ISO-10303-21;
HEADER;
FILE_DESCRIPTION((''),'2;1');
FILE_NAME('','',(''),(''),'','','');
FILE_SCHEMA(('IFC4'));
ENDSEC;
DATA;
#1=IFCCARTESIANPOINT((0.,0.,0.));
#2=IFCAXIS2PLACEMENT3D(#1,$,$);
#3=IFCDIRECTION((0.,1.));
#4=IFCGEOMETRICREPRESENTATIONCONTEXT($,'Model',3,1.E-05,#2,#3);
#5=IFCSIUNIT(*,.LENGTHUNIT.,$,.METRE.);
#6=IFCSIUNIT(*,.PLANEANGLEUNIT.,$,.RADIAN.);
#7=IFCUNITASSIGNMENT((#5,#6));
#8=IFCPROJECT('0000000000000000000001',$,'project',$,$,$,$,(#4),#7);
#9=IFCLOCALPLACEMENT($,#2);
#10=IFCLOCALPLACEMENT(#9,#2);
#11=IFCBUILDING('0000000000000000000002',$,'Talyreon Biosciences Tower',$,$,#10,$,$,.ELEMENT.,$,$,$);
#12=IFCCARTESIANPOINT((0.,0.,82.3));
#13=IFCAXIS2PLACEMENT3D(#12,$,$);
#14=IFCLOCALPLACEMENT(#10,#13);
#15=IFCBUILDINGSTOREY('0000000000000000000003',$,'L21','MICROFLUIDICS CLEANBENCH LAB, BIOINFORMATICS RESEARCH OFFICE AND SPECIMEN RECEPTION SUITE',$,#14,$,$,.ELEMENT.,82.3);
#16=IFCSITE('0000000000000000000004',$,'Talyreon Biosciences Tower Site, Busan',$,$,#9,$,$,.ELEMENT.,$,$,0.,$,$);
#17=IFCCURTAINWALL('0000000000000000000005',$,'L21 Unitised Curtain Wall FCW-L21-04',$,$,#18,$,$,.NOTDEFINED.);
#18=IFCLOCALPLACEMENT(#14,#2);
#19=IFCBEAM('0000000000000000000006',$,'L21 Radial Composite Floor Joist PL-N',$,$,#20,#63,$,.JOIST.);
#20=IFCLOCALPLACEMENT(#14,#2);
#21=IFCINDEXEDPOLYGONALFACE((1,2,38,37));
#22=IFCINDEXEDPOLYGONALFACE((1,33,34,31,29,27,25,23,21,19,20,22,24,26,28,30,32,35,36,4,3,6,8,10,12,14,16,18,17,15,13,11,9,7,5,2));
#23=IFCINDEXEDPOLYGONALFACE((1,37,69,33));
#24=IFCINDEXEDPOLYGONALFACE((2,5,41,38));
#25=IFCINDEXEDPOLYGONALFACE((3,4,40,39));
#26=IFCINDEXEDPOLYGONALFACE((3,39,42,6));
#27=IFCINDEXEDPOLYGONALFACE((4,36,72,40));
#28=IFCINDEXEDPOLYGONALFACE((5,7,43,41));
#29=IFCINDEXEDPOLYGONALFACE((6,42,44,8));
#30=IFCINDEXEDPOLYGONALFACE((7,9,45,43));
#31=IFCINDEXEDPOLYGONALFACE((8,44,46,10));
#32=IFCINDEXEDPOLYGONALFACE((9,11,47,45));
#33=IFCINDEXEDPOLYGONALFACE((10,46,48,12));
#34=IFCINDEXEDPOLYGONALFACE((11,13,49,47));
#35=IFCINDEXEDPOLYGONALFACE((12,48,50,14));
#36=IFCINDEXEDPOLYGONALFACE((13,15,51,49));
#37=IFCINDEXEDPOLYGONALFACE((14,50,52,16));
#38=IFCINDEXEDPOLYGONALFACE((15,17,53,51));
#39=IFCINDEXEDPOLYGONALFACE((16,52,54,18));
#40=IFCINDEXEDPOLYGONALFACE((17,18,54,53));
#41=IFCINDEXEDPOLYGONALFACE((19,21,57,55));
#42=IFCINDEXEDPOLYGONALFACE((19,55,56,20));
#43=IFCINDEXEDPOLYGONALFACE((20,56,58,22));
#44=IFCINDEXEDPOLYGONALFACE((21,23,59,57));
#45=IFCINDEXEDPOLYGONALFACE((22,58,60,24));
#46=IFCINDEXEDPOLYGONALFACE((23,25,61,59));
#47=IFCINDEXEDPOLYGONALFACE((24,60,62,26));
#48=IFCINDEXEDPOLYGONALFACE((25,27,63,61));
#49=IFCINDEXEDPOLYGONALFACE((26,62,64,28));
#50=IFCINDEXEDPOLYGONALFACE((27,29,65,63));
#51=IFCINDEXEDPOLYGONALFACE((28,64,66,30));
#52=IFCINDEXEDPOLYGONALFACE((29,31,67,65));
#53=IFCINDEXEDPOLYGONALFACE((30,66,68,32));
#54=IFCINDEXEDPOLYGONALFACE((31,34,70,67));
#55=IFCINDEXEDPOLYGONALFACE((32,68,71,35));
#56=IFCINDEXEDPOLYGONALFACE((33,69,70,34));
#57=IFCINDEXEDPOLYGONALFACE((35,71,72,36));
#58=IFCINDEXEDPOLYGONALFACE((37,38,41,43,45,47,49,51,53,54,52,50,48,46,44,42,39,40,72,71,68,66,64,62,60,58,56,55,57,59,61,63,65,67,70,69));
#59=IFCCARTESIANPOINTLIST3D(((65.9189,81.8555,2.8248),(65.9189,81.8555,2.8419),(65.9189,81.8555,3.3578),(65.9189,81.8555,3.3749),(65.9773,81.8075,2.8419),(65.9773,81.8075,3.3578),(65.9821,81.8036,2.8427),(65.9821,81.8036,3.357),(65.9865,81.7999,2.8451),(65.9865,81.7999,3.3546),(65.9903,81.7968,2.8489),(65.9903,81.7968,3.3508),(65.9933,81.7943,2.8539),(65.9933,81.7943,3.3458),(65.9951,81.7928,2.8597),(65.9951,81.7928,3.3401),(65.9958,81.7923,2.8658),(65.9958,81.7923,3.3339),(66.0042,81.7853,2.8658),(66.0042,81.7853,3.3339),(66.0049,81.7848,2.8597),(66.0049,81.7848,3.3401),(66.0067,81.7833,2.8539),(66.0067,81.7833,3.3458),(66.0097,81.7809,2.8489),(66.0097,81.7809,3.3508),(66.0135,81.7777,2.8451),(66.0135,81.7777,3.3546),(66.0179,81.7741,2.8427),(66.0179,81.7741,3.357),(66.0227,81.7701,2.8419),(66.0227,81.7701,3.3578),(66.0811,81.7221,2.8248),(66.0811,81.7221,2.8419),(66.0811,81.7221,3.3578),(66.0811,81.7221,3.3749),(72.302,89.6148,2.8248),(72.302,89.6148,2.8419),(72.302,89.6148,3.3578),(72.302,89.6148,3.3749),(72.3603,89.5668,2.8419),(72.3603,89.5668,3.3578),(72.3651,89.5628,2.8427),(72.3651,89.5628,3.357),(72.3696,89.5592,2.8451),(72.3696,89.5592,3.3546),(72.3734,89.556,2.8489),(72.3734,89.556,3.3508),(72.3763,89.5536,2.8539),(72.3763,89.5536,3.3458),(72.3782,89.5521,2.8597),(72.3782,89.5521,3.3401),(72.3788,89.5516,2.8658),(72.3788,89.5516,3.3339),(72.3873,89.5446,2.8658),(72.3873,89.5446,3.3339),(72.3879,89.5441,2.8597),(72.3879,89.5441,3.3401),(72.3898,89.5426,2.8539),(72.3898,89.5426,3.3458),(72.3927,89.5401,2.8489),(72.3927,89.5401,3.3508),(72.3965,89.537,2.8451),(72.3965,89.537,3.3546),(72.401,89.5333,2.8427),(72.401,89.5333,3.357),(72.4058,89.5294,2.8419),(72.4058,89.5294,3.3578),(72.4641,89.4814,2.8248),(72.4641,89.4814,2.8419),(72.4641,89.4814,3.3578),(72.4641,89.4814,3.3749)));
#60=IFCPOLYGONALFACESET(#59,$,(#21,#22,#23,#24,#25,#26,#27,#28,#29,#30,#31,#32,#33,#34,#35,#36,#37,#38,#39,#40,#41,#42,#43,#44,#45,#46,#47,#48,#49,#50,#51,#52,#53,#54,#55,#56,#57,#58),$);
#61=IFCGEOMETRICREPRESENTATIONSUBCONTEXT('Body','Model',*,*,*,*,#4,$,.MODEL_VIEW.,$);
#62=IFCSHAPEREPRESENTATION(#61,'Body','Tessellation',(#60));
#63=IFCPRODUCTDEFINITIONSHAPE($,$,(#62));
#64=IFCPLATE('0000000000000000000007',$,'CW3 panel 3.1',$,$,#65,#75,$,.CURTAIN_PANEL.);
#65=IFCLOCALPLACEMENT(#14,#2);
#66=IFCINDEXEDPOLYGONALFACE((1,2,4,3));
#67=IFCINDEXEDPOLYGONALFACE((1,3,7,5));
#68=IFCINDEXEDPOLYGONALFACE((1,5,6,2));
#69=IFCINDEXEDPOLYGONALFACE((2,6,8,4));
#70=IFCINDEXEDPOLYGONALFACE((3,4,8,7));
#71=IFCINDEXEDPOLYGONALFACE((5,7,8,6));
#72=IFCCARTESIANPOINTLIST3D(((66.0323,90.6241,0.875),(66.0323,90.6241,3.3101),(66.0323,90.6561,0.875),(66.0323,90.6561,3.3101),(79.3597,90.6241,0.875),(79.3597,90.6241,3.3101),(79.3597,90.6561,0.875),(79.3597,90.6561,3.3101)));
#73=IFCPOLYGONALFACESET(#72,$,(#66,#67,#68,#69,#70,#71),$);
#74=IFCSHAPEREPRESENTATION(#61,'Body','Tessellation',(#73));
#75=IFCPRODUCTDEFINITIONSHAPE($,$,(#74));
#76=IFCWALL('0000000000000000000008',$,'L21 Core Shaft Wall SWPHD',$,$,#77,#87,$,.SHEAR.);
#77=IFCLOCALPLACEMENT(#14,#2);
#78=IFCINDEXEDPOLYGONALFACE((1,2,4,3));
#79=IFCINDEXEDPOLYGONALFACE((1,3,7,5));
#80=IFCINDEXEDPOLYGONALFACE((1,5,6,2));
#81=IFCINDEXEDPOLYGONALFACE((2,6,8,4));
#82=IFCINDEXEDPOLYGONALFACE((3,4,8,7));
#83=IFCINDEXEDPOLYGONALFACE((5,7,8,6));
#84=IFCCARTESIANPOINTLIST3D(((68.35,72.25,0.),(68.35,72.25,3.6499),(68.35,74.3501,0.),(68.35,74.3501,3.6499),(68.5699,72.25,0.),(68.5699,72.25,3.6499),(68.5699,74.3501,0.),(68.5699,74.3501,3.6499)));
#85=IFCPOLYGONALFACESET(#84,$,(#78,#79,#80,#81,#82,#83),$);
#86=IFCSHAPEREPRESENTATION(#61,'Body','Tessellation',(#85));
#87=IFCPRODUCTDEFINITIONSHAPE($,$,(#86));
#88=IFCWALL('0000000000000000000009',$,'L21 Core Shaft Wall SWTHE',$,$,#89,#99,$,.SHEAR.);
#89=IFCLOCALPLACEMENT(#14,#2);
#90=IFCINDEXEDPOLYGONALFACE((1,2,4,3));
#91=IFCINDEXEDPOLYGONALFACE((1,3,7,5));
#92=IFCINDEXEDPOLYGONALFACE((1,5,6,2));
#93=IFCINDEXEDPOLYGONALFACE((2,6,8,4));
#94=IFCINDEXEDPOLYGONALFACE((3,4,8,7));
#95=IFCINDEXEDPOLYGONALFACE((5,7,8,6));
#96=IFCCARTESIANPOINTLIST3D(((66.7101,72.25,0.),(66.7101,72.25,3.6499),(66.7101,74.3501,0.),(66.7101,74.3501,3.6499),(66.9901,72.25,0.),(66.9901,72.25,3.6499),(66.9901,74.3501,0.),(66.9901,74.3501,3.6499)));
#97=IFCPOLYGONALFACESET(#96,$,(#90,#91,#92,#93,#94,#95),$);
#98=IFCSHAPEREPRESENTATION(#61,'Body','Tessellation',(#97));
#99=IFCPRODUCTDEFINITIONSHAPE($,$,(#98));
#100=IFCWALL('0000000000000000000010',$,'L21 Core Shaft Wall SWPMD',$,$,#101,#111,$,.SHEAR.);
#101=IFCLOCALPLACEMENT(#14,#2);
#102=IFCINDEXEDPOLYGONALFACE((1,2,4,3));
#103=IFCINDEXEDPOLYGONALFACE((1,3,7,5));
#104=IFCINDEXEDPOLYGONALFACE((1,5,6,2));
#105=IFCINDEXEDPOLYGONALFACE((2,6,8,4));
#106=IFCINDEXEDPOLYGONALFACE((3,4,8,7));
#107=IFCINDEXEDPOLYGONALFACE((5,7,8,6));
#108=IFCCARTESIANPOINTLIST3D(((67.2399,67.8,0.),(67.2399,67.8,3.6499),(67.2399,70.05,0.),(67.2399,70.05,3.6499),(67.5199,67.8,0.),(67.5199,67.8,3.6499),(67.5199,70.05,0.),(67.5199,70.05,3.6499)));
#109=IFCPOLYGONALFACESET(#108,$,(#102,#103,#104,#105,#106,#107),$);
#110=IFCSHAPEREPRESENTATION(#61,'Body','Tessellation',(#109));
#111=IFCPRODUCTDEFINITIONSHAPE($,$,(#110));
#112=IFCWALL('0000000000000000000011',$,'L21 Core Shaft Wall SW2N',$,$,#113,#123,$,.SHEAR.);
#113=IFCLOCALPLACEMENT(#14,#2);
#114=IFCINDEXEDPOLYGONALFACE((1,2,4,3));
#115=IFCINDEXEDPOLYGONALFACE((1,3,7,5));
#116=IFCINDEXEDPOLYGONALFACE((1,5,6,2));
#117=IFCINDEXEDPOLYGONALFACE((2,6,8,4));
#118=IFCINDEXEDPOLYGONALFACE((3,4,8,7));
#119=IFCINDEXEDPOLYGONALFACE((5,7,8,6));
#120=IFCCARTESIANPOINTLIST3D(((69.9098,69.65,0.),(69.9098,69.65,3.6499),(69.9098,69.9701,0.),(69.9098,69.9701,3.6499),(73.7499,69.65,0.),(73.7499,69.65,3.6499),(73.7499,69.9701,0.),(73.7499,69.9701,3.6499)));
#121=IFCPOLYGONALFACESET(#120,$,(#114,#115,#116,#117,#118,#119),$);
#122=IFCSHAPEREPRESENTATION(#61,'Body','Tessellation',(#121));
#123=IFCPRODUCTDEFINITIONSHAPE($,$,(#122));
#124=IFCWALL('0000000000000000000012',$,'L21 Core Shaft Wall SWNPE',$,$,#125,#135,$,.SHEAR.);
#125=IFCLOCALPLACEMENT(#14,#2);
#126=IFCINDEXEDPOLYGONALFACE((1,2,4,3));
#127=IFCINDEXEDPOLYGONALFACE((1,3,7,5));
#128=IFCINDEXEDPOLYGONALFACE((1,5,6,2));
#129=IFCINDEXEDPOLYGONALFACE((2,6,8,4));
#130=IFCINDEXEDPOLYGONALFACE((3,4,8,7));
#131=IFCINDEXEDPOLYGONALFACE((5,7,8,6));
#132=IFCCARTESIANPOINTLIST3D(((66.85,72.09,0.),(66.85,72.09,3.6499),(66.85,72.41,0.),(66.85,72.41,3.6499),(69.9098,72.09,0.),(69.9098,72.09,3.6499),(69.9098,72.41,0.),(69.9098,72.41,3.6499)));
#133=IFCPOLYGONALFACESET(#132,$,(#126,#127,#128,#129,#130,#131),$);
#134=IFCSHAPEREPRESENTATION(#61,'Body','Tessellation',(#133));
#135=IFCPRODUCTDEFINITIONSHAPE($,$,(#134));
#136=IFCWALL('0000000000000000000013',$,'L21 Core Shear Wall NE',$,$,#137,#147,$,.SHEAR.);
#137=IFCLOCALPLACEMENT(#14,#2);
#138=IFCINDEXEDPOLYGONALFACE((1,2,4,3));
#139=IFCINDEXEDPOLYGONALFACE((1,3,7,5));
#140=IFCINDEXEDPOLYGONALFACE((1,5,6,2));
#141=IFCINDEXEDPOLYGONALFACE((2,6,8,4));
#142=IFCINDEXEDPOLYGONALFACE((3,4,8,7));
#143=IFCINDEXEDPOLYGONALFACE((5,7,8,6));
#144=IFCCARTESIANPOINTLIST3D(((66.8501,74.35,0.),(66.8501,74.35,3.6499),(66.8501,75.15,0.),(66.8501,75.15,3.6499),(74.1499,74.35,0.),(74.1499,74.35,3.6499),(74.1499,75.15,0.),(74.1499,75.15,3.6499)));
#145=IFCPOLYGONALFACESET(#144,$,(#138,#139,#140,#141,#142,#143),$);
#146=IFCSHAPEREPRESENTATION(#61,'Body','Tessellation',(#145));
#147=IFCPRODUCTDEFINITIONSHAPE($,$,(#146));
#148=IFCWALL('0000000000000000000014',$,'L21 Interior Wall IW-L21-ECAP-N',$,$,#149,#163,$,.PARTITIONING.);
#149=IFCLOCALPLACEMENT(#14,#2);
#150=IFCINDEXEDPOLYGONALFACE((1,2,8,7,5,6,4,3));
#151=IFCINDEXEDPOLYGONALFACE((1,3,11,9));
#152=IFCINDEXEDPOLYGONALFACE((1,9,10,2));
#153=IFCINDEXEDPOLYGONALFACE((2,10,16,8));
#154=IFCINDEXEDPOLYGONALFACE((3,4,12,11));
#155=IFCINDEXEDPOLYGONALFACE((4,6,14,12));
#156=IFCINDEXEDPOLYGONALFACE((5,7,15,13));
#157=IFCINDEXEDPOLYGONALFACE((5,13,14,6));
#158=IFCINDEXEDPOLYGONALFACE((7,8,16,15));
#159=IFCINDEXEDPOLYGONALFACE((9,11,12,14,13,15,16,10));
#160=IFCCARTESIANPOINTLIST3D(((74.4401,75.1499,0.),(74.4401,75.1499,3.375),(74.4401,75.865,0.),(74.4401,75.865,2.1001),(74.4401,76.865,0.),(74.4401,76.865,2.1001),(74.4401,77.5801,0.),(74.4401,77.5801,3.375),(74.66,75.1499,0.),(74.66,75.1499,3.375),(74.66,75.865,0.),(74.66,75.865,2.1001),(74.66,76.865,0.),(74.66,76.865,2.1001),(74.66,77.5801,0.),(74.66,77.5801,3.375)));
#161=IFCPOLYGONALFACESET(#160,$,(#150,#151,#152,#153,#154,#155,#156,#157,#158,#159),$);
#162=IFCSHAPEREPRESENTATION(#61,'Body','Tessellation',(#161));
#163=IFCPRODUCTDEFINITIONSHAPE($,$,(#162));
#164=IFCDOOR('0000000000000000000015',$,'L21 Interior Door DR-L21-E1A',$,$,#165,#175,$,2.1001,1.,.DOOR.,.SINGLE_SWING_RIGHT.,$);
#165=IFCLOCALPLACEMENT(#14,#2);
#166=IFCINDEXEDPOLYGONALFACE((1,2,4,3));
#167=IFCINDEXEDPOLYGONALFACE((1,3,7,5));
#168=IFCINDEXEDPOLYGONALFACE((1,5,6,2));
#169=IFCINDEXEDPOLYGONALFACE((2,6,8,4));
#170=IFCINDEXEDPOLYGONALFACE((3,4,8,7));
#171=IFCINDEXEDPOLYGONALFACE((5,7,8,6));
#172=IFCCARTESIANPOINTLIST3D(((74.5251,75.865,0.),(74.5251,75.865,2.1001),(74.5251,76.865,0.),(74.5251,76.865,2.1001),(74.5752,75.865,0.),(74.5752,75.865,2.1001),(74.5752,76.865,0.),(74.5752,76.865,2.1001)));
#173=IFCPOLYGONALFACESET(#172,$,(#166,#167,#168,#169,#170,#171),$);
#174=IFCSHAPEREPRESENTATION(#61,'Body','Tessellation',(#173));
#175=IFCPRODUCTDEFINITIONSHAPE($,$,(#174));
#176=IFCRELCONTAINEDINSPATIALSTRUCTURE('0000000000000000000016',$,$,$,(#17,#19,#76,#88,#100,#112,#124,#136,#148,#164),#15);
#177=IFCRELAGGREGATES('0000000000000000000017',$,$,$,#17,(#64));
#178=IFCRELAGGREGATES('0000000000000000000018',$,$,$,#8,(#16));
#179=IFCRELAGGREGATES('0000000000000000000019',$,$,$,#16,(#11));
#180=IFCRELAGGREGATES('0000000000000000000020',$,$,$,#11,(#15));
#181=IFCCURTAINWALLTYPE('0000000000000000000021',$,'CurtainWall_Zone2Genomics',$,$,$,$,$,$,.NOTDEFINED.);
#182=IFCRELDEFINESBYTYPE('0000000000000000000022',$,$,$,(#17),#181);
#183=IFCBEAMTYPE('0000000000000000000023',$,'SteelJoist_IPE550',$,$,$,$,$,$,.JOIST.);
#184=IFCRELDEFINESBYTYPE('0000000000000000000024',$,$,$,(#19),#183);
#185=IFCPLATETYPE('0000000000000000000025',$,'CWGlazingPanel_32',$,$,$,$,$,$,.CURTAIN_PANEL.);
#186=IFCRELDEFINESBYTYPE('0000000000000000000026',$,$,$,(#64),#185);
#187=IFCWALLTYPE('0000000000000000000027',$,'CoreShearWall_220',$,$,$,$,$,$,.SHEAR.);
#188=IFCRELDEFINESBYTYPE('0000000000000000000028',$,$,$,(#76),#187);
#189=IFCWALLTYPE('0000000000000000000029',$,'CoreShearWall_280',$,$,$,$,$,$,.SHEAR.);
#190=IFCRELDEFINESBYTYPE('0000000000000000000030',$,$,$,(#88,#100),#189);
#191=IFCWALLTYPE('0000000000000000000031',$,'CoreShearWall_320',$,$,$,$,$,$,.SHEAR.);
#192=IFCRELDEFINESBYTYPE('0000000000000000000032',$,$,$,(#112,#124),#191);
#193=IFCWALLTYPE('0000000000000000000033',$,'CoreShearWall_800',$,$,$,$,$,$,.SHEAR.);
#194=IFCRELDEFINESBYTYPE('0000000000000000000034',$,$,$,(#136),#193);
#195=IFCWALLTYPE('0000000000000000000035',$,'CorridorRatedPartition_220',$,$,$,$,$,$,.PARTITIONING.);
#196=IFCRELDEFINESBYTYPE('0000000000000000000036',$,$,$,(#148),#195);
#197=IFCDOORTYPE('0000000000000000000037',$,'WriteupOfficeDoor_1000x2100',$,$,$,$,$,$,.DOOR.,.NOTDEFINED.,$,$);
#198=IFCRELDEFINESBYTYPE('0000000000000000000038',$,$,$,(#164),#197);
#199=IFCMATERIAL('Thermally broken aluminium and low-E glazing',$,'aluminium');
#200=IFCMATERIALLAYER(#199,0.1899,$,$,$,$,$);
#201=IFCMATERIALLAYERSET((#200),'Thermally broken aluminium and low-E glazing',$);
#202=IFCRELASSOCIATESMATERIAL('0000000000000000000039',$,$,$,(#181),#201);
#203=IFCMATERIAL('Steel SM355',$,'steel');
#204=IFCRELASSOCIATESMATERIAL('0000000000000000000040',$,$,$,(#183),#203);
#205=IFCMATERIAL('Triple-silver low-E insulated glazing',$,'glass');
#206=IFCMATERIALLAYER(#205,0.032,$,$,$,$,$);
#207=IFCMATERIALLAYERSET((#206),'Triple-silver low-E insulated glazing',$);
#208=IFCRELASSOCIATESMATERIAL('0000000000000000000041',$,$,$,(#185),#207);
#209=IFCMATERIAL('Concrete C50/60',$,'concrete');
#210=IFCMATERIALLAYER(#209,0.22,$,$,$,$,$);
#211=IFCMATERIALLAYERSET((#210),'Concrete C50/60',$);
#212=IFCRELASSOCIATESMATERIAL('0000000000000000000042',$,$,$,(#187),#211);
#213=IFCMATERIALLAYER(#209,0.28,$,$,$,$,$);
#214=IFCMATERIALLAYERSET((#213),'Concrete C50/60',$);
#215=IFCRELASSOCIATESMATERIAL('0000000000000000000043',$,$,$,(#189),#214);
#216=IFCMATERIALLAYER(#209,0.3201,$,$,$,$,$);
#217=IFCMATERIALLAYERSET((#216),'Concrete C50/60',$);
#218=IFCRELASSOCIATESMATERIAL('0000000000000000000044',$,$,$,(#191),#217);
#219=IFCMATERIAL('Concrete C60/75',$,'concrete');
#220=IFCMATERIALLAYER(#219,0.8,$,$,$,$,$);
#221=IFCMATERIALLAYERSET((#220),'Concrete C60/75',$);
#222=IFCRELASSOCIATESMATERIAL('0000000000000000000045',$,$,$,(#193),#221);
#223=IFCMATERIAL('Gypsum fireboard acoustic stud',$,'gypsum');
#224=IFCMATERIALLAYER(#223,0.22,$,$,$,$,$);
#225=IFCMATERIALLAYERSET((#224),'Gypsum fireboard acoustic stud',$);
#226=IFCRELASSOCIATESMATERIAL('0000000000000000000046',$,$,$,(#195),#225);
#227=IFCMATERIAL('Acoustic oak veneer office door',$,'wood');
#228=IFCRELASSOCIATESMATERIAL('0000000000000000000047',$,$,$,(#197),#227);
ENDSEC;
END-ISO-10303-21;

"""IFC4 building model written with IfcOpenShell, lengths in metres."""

from ifc_helpers import new_model, si_unit, direction, frame, frame_2d, origin, origin_2d, place, context, subcontext, project, spatial, rectangle, i_section, extrude, material, layer, layer_set, material_profile, profile_set, type_object, element, fill, aggregate, save


model = new_model("IFC4")

# Units and contexts
model_context = context("Model", 3, precision=1e-05, world=origin(), true_north=direction((0.0, 1.0)))
body_context = subcontext(model_context, "Body", "Model", "MODEL_VIEW")
ifc_project = project(units=[si_unit("LENGTHUNIT", "METRE"), si_unit("PLANEANGLEUNIT", "RADIAN")], contexts=[model_context])

# Site, building, storey
site_placement = place(None, origin())
site = spatial("IfcSite", under=ifc_project, at=site_placement, Name="Talyreon Biosciences Tower Site, Busan", CompositionType="ELEMENT", RefElevation=0.0)
building_placement = place(site_placement, origin())
building = spatial("IfcBuilding", under=site, at=building_placement, Name="Talyreon Biosciences Tower", CompositionType="ELEMENT")
storey_placement = place(building_placement, frame((0.0, 0.0, 82.3)))
storey = spatial("IfcBuildingStorey", under=building, at=storey_placement, Name="L21", Description="MICROFLUIDICS CLEANBENCH LAB, BIOINFORMATICS RESEARCH OFFICE AND SPECIMEN RECEPTION SUITE", CompositionType="ELEMENT", Elevation=82.3)

# Shared definitions
ifc_material_1 = material(Name="Concrete C60/75", Category="concrete")
ifc_material_2 = material(Name="Concrete C50/60", Category="concrete")

# Curtain wall
ifc_material_3 = material(Name="Thermally broken aluminium and low-E glazing", Category="aluminium")
ifc_layer_1 = layer(ifc_material_3, 0.1899)
ifc_layer_set_1 = layer_set([ifc_layer_1], Name="Thermally broken aluminium and low-E glazing")
curtain_wall_type = type_object("IfcCurtainWallType", Name="CurtainWall_Zone2Genomics", PredefinedType="NOTDEFINED", material=ifc_layer_set_1)
curtain_wall_placement = place(storey_placement, origin())
curtain_wall = element("IfcCurtainWall", 1, at=curtain_wall_placement, inside=storey, type_object=curtain_wall_type, Name="L21 Unitised Curtain Wall FCW-L21-04", PredefinedType="NOTDEFINED")

# Beam
ifc_material_4 = material(Name="Steel SM355", Category="steel")
ifc_material_profile_1 = material_profile(ifc_material_4, i_section(OverallWidth=0.21, OverallDepth=0.55, WebThickness=0.011, FlangeThickness=0.0171, FilletRadius=0.0239, at=origin_2d()), Name="IPE550")
ifc_profile_set_1 = profile_set([ifc_material_profile_1], Name="Steel SM355")
beam_type_1 = type_object("IfcBeamType", Name="SteelJoist_IPE550", PredefinedType="JOIST", material=ifc_profile_set_1)
beam_1_placement = place(storey_placement, frame((66.0, 81.7888, 3.0999), z_axis=(0.635296, 0.772269, 0.0), x_axis=(-0.772269, 0.635296, 0.0)))
element("IfcBeam", 2, at=beam_1_placement, inside=storey, type_object=beam_type_1, Name="L21 Radial Composite Floor Joist PL-N", PredefinedType="JOIST", context=body_context, shape_type="SweptSolid", body=[
    extrude(i_section(OverallWidth=0.21, OverallDepth=0.55, WebThickness=0.011, FlangeThickness=0.0171, FilletRadius=0.0239, at=origin_2d()), origin(), (0.0, 0.0, 1.0), 10.0474),
])

# Plate
ifc_material_5 = material(Name="Triple-silver low-E insulated glazing", Category="glass")
ifc_layer_2 = layer(ifc_material_5, 0.032)
ifc_layer_set_2 = layer_set([ifc_layer_2], Name="Triple-silver low-E insulated glazing")
plate_type = type_object("IfcPlateType", Name="CWGlazingPanel_32", PredefinedType="CURTAIN_PANEL", material=ifc_layer_set_2)
plate_placement = place(storey_placement, frame((72.696, 90.6401, 0.875), z_axis=(0.0, 0.0, 1.0), x_axis=(1.0, 0.0, 0.0)))
plate = element("IfcPlate", 3, at=plate_placement, type_object=plate_type, Name="CW3 panel 3.1", PredefinedType="CURTAIN_PANEL", context=body_context, shape_type="SweptSolid", body=[
    extrude(rectangle(XDim=13.3274, YDim=0.032, at=origin_2d()), origin(), (0.0, 0.0, 1.0), 2.4351),
])
aggregate(curtain_wall, [plate])

# Walls
ifc_layer_3 = layer(ifc_material_2, 0.22)
ifc_layer_set_3 = layer_set([ifc_layer_3], Name="Concrete C50/60")
wall_type_1 = type_object("IfcWallType", Name="CoreShearWall_220", PredefinedType="SHEAR", material=ifc_layer_set_3)
wall_1_placement = place(storey_placement, frame((68.46, 72.25, 0.0), z_axis=(0.0, 0.0, 1.0), x_axis=(0.0, 1.0, 0.0)))
element("IfcWall", 4, at=wall_1_placement, inside=storey, type_object=wall_type_1, Name="L21 Core Shaft Wall SWPHD", PredefinedType="SHEAR", context=body_context, shape_type="SweptSolid", body=[
    extrude(rectangle(XDim=2.1001, YDim=0.22, at=frame_2d((1.05, 0.0))), origin(), (0.0, 0.0, 1.0), 3.6499),
])
ifc_layer_4 = layer(ifc_material_2, 0.28)
ifc_layer_set_4 = layer_set([ifc_layer_4], Name="Concrete C50/60")
wall_type_2 = type_object("IfcWallType", Name="CoreShearWall_280", PredefinedType="SHEAR", material=ifc_layer_set_4)
wall_2_placement = place(storey_placement, frame((66.8501, 72.25, 0.0), z_axis=(0.0, 0.0, 1.0), x_axis=(0.0, 1.0, 0.0)))
element("IfcWall", 5, at=wall_2_placement, inside=storey, type_object=wall_type_2, Name="L21 Core Shaft Wall SWTHE", PredefinedType="SHEAR", context=body_context, shape_type="SweptSolid", body=[
    extrude(rectangle(XDim=2.1001, YDim=0.28, at=frame_2d((1.05, 0.0))), origin(), (0.0, 0.0, 1.0), 3.6499),
])
wall_3_placement = place(storey_placement, frame((67.3799, 67.8, 0.0), z_axis=(0.0, 0.0, 1.0), x_axis=(0.0, 1.0, 0.0)))
element("IfcWall", 6, at=wall_3_placement, inside=storey, type_object=wall_type_2, Name="L21 Core Shaft Wall SWPMD", PredefinedType="SHEAR", context=body_context, shape_type="SweptSolid", body=[
    extrude(rectangle(XDim=2.25, YDim=0.28, at=frame_2d((1.125, 0.0))), origin(), (0.0, 0.0, 1.0), 3.6499),
])
ifc_layer_5 = layer(ifc_material_2, 0.3201)
ifc_layer_set_5 = layer_set([ifc_layer_5], Name="Concrete C50/60")
wall_type_3 = type_object("IfcWallType", Name="CoreShearWall_320", PredefinedType="SHEAR", material=ifc_layer_set_5)
wall_4_placement = place(storey_placement, frame((69.9099, 69.8101, 0.0), z_axis=(0.0, 0.0, 1.0), x_axis=(1.0, 0.0, 0.0)))
element("IfcWall", 7, at=wall_4_placement, inside=storey, type_object=wall_type_3, Name="L21 Core Shaft Wall SW2N", PredefinedType="SHEAR", context=body_context, shape_type="SweptSolid", body=[
    extrude(rectangle(XDim=3.8401, YDim=0.3201, at=frame_2d((1.9199, 0.0))), origin(), (0.0, 0.0, 1.0), 3.6499),
])
wall_5_placement = place(storey_placement, frame((66.8501, 72.25, 0.0), z_axis=(0.0, 0.0, 1.0), x_axis=(1.0, 0.0, 0.0)))
element("IfcWall", 8, at=wall_5_placement, inside=storey, type_object=wall_type_3, Name="L21 Core Shaft Wall SWNPE", PredefinedType="SHEAR", context=body_context, shape_type="SweptSolid", body=[
    extrude(rectangle(XDim=3.0598, YDim=0.3201, at=frame_2d((1.5298, 0.0))), origin(), (0.0, 0.0, 1.0), 3.6499),
])
ifc_layer_6 = layer(ifc_material_1, 0.8)
ifc_layer_set_6 = layer_set([ifc_layer_6], Name="Concrete C60/75")
wall_type_4 = type_object("IfcWallType", Name="CoreShearWall_800", PredefinedType="SHEAR", material=ifc_layer_set_6)
wall_6_placement = place(storey_placement, frame((74.1499, 74.75, 0.0), z_axis=(0.0, 0.0, 1.0), x_axis=(-1.0, 0.0, 0.0)))
element("IfcWall", 9, at=wall_6_placement, inside=storey, type_object=wall_type_4, Name="L21 Core Shear Wall NE", PredefinedType="SHEAR", context=body_context, shape_type="SweptSolid", body=[
    extrude(rectangle(XDim=7.2998, YDim=0.8, at=frame_2d((3.6499, 0.0))), origin(), (0.0, 0.0, 1.0), 3.6499),
])

# Wall, opening, door
ifc_material_6 = material(Name="Gypsum fireboard acoustic stud", Category="gypsum")
ifc_layer_7 = layer(ifc_material_6, 0.22)
ifc_layer_set_7 = layer_set([ifc_layer_7], Name="Gypsum fireboard acoustic stud")
wall_type_5 = type_object("IfcWallType", Name="CorridorRatedPartition_220", PredefinedType="PARTITIONING", material=ifc_layer_set_7)
wall_7_placement = place(storey_placement, frame((74.55, 75.1499, 0.0), z_axis=(0.0, 0.0, 1.0), x_axis=(0.0, 1.0, 0.0)))
wall_7 = element("IfcWall", 10, at=wall_7_placement, inside=storey, type_object=wall_type_5, Name="L21 Interior Wall IW-L21-ECAP-N", PredefinedType="PARTITIONING", context=body_context, shape_type="SweptSolid", body=[
    extrude(rectangle(XDim=2.4302, YDim=0.22, at=frame_2d((1.2151, 0.0))), origin(), (0.0, 0.0, 1.0), 3.375),
])
opening_1_placement = place(wall_7_placement, frame((0.7151, 0.0, 0.0)))
opening_1 = element("IfcOpeningElement", 11, at=opening_1_placement, cuts=wall_7, PredefinedType="OPENING", context=body_context, shape_type="SweptSolid", body=[
    extrude(rectangle(XDim=1.0, YDim=2.1001, at=frame_2d((0.5, 1.05))), frame((0.0, 0.1199, 0.0), z_axis=(0.0, -1.0, 0.0), x_axis=(1.0, 0.0, 0.0)), (0.0, 0.0, 1.0), 0.24),
])
ifc_material_7 = material(Name="Acoustic oak veneer office door", Category="wood")
door_type_1 = type_object("IfcDoorType", Name="WriteupOfficeDoor_1000x2100", OperationType="NOTDEFINED", PredefinedType="DOOR", material=ifc_material_7)
door_1_placement = place(opening_1_placement, origin())
door_1 = element("IfcDoor", 12, at=door_1_placement, inside=storey, type_object=door_type_1, Name="L21 Interior Door DR-L21-E1A", OperationType="SINGLE_SWING_RIGHT", OverallHeight=2.1001, OverallWidth=1.0, PredefinedType="DOOR", context=body_context, shape_type="SweptSolid", body=[
    extrude(rectangle(XDim=1.0, YDim=2.1001, at=frame_2d((0.5, 1.05))), frame((0.0, 0.0249, 0.0), z_axis=(0.0, -1.0, 0.0), x_axis=(1.0, 0.0, 0.0)), (0.0, 0.0, 1.0), 0.05),
])
fill(opening_1, door_1)

save(model, "model.ifc")
